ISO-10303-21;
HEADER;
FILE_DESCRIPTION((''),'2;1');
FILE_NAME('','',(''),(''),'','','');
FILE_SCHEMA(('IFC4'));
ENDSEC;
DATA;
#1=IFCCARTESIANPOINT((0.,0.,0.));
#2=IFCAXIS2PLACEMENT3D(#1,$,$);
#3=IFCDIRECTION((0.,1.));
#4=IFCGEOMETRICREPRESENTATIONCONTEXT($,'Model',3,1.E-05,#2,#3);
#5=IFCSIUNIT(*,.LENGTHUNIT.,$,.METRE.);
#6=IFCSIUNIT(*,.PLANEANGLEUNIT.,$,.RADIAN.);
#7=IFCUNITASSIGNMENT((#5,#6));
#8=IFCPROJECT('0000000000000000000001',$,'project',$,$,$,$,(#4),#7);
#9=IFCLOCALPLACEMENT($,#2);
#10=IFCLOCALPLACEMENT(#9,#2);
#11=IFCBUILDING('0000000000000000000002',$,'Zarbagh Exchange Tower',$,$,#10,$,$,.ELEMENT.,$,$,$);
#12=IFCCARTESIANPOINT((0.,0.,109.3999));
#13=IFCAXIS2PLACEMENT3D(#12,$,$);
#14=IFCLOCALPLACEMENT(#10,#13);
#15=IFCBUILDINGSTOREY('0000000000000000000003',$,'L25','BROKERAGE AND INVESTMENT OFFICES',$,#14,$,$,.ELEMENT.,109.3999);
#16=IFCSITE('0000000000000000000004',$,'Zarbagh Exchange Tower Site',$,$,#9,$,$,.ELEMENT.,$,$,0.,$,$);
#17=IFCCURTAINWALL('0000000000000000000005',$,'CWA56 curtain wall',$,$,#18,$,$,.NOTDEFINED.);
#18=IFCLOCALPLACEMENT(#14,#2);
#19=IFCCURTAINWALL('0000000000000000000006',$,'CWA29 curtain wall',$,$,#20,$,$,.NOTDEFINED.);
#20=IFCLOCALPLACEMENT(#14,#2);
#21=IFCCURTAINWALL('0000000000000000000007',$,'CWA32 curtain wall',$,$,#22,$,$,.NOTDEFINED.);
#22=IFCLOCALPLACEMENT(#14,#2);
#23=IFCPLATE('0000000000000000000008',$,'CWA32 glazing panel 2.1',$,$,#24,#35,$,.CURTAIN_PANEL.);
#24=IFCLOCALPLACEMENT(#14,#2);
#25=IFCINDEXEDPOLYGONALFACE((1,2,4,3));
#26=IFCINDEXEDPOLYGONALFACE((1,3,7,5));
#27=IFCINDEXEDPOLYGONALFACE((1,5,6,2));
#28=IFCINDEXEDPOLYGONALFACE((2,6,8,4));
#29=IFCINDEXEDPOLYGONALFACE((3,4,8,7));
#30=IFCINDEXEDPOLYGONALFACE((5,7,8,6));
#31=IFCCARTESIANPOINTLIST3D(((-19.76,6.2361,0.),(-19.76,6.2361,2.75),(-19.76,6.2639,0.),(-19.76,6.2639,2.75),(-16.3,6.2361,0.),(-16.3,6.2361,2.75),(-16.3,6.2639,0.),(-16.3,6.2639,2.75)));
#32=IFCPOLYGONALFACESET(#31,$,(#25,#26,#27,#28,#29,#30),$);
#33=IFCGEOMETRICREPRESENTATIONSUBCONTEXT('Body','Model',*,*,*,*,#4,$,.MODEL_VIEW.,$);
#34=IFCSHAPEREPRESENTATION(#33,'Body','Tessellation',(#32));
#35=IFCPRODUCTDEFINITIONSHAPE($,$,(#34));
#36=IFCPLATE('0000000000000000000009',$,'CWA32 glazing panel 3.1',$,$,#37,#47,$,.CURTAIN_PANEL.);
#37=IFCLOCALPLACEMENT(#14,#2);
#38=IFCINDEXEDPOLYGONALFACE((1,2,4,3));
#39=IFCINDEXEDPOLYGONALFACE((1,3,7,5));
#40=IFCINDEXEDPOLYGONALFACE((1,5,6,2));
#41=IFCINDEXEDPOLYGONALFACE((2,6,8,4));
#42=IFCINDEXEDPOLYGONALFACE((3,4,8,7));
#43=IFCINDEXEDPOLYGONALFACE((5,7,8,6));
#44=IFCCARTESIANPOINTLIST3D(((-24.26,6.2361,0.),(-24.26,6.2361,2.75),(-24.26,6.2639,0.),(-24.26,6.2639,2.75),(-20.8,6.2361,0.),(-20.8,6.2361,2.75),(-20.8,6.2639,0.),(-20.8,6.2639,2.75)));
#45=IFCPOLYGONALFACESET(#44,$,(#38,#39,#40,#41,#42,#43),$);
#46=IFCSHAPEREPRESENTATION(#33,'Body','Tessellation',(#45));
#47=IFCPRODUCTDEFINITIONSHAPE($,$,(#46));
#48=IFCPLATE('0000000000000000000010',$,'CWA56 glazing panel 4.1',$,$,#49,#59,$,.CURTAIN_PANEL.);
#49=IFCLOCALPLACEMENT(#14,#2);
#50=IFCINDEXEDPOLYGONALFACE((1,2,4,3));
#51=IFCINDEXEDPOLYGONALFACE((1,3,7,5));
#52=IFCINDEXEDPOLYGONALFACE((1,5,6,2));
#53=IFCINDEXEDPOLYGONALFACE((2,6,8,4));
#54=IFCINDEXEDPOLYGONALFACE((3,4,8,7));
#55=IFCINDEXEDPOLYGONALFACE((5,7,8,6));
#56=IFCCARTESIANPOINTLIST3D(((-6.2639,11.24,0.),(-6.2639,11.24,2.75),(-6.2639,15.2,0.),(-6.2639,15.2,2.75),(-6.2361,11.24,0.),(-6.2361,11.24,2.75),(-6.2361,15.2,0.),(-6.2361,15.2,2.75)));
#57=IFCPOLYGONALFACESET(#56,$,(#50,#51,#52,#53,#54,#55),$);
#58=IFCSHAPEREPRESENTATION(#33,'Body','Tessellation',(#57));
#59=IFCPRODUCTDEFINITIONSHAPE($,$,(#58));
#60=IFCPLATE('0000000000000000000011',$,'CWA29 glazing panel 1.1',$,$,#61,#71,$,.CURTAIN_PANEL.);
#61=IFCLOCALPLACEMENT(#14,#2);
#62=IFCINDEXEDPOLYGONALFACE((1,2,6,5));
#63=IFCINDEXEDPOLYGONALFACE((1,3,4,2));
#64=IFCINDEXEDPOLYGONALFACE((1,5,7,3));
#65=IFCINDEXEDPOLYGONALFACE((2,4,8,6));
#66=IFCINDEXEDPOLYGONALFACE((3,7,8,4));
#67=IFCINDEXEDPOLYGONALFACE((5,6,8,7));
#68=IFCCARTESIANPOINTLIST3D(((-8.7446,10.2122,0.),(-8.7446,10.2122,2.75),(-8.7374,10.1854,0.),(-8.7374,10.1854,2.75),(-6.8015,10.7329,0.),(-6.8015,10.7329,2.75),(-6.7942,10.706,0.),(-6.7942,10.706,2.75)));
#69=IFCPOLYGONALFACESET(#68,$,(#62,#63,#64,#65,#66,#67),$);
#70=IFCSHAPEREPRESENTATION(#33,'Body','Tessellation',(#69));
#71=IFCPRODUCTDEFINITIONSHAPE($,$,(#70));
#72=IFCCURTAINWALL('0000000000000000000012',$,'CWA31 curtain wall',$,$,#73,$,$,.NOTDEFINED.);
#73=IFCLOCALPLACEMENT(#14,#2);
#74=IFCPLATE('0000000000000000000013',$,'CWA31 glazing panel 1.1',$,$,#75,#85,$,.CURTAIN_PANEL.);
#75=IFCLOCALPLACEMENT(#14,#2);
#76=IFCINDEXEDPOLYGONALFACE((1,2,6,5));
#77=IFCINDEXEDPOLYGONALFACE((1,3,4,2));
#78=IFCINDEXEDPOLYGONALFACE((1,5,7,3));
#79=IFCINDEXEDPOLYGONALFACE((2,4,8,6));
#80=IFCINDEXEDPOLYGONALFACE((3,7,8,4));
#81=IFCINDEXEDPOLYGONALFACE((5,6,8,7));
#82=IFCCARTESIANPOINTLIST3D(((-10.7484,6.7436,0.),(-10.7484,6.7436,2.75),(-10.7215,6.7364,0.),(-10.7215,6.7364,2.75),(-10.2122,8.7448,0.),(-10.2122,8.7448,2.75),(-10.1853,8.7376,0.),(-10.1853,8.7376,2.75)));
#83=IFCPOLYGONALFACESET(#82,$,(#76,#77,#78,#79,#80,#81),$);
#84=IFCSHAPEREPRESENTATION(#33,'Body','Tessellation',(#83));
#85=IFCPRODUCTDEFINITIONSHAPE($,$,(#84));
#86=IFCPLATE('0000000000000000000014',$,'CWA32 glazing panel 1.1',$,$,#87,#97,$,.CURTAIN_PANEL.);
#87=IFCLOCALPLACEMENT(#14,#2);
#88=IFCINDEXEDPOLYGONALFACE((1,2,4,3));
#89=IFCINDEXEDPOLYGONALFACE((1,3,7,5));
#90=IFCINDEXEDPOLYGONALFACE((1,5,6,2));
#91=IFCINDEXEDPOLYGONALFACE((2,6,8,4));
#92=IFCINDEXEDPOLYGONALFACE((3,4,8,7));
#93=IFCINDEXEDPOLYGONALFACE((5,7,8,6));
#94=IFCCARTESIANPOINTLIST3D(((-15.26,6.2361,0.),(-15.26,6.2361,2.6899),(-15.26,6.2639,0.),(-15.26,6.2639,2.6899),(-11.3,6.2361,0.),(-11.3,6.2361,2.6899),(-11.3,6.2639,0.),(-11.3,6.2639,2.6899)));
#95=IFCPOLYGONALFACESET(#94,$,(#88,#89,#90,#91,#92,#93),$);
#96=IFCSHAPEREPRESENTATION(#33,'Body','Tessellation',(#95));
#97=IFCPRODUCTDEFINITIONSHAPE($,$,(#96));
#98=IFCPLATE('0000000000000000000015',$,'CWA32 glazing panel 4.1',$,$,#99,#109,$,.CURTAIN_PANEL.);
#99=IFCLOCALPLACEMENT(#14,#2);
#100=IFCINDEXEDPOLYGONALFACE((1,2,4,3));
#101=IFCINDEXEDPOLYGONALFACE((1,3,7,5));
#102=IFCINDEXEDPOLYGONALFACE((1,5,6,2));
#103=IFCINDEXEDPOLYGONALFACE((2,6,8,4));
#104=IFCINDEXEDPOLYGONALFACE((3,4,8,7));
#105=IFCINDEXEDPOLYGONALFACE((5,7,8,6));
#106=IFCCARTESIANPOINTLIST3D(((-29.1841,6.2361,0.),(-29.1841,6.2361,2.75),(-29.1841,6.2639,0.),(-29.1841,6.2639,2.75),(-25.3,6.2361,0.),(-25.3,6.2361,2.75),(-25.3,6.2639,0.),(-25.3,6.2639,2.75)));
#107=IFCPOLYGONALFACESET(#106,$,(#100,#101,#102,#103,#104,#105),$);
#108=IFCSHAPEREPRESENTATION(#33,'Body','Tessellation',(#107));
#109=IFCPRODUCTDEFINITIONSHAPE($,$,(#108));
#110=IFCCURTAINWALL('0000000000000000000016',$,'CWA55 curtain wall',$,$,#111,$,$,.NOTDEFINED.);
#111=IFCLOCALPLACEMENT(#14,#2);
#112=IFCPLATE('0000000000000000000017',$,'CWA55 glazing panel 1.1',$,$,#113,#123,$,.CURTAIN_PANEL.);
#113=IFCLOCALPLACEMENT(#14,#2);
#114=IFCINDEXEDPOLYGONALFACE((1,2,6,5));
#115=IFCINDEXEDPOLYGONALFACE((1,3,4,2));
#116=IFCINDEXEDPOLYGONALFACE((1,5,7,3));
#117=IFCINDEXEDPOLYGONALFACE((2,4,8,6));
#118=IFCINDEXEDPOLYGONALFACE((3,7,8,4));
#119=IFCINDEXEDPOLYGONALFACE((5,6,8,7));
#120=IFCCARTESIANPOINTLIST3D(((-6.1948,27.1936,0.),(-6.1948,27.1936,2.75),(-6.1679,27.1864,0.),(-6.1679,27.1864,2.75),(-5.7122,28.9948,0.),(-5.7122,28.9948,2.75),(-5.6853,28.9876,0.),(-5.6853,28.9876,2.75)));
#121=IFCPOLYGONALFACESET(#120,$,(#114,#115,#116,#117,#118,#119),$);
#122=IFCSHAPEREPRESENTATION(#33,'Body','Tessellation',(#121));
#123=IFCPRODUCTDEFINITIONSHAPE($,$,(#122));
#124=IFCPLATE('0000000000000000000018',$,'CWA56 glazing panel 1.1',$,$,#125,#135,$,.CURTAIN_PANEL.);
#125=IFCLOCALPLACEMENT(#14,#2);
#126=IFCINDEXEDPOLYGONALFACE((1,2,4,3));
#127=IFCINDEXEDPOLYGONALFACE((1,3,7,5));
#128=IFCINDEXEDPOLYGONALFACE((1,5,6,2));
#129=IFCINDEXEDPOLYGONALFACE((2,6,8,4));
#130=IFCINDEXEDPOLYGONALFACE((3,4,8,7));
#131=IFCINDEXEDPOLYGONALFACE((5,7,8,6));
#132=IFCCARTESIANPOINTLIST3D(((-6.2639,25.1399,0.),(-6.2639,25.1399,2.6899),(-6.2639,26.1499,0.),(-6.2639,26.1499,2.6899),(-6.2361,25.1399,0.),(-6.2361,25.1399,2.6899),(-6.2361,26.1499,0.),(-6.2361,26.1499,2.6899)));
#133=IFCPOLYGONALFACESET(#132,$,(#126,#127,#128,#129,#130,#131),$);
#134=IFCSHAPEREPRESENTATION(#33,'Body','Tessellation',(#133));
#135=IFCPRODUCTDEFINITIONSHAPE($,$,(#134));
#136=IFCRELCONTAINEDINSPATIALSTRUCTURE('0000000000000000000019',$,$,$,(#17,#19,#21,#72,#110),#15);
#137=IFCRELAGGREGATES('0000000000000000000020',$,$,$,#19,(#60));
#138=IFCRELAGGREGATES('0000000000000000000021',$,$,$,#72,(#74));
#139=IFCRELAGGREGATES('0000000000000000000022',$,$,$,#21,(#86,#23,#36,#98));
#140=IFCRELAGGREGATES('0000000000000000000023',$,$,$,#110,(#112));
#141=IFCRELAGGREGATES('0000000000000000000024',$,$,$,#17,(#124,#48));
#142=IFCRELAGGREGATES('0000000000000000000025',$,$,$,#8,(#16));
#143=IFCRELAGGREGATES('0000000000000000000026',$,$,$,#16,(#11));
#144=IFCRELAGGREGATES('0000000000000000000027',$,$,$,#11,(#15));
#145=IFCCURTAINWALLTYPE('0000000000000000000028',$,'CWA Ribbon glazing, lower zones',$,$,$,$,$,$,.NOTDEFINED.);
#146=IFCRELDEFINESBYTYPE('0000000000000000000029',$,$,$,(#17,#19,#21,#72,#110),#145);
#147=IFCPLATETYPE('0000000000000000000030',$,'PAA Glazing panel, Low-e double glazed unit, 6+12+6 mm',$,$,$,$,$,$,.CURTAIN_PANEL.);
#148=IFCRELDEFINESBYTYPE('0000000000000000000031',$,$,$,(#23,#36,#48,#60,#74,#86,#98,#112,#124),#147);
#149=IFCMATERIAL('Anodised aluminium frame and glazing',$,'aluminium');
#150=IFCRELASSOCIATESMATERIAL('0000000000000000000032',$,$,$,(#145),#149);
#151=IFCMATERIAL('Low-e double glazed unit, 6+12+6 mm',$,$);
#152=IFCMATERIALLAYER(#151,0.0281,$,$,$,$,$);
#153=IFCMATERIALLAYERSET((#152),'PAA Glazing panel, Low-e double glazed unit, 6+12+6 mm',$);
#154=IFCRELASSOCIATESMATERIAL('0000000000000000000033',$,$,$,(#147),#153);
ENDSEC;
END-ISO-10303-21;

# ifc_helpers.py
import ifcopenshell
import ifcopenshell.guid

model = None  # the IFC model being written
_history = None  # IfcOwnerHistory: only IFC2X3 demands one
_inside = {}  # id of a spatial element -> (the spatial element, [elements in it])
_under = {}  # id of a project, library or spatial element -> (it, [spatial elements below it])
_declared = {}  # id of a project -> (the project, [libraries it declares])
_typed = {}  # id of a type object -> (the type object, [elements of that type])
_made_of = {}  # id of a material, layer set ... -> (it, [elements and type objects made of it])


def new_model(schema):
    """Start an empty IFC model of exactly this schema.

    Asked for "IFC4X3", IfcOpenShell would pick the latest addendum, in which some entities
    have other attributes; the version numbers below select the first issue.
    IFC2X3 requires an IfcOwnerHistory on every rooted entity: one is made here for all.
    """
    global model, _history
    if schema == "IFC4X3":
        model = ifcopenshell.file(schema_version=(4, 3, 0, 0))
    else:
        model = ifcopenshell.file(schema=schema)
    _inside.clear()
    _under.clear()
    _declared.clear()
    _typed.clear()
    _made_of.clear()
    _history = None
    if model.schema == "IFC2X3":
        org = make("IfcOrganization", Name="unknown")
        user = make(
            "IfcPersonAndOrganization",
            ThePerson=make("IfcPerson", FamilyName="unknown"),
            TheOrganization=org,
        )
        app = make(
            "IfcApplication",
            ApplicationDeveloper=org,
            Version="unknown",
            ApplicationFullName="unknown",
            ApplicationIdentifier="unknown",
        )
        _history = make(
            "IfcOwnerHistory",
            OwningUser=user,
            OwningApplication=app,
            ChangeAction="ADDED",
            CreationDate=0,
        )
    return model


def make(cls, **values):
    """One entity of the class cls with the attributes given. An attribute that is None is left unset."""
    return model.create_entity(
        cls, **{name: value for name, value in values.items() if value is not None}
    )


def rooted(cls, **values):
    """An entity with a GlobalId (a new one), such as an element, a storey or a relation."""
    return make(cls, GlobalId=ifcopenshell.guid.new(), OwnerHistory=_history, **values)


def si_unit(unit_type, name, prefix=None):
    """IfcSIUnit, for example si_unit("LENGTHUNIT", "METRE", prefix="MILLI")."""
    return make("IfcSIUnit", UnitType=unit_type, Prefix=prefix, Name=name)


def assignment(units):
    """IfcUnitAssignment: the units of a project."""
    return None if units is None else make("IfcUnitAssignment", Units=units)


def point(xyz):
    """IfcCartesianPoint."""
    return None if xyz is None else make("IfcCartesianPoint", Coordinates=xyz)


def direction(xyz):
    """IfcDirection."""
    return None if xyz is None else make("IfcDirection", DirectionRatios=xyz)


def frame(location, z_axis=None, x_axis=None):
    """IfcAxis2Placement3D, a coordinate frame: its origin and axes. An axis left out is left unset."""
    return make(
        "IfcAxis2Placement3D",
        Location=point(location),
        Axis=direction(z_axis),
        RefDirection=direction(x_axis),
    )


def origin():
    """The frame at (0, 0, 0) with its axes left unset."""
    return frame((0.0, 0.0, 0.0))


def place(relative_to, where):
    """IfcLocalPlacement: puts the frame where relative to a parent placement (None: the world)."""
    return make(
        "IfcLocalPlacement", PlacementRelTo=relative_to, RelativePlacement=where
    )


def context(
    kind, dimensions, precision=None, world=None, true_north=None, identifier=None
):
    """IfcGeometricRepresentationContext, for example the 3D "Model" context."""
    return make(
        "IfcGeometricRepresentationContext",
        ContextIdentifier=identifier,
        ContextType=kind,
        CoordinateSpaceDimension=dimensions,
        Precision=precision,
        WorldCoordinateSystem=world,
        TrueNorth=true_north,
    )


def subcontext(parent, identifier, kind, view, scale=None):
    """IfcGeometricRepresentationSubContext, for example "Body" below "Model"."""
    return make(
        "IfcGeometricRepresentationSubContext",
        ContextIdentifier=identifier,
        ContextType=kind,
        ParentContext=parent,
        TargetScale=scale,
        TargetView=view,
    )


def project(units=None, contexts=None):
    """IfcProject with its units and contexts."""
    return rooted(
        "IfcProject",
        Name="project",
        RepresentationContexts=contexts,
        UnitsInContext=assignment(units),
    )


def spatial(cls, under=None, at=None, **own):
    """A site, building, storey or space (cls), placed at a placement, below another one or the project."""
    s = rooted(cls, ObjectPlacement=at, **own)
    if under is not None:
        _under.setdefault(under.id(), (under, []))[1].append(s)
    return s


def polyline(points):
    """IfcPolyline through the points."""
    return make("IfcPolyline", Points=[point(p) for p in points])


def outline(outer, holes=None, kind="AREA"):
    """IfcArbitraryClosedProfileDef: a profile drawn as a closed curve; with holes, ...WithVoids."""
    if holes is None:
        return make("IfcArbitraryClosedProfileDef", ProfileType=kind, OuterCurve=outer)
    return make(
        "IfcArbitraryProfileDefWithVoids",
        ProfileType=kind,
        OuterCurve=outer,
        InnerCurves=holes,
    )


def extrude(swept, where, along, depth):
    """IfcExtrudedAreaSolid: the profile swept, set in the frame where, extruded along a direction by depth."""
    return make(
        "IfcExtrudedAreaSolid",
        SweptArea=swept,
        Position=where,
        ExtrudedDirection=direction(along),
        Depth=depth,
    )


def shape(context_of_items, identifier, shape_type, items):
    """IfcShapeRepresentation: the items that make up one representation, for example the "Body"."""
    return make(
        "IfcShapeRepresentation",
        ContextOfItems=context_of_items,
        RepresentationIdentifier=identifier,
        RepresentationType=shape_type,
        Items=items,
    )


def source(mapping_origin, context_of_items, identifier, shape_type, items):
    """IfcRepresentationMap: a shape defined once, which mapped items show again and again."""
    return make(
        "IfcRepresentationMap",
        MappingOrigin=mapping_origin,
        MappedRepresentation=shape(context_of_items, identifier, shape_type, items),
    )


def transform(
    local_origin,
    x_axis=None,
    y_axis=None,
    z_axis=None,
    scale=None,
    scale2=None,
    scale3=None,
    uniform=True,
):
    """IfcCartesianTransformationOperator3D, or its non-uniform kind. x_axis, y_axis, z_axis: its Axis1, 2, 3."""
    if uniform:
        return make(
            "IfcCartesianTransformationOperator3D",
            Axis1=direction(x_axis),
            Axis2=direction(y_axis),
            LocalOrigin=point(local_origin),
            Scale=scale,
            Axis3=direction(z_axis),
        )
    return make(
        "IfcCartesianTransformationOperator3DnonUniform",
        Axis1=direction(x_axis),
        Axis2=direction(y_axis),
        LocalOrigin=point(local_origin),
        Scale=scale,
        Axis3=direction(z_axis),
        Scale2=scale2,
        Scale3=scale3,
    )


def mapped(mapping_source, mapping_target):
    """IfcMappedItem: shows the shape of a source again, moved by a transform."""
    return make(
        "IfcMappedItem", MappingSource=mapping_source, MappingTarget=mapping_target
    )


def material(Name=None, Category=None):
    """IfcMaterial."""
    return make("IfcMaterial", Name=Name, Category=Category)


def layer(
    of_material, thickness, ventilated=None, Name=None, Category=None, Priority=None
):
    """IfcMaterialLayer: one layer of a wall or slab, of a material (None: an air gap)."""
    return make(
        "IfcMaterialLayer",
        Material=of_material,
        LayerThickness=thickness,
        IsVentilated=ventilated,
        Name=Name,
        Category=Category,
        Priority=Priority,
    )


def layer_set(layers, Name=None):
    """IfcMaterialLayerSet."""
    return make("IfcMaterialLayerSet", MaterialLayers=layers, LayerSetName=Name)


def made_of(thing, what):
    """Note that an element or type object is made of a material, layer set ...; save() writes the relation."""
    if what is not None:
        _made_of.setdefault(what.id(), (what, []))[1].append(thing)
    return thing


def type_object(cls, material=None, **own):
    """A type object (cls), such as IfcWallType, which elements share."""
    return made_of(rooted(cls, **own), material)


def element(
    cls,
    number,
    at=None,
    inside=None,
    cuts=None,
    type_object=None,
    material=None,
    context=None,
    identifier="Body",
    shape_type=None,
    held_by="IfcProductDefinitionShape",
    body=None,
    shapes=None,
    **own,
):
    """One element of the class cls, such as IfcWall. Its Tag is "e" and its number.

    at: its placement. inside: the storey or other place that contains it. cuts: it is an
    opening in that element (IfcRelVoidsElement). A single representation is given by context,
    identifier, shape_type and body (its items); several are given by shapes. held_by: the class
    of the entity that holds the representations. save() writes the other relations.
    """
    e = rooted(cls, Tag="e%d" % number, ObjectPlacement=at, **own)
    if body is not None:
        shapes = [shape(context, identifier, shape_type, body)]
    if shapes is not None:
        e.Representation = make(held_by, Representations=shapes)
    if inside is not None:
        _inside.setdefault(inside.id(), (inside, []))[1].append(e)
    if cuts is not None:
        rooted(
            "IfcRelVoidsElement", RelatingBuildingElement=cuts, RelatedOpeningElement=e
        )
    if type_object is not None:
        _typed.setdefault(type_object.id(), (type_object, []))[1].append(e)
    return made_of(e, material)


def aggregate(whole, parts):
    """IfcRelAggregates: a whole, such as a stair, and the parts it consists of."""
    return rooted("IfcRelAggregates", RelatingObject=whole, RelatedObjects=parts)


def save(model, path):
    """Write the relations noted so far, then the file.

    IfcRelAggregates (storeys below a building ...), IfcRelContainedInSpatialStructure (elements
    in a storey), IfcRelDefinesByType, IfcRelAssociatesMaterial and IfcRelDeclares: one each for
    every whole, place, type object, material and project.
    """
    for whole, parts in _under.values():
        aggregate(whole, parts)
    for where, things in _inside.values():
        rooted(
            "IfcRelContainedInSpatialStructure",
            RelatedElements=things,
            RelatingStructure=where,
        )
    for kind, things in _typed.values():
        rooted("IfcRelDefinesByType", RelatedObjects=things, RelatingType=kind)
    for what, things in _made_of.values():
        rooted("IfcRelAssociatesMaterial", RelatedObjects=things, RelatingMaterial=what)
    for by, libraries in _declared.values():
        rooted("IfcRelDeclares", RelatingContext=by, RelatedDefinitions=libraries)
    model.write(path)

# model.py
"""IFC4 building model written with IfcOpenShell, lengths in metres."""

from ifc_helpers import new_model, si_unit, direction, frame, origin, place, context, subcontext, project, spatial, polyline, outline, extrude, source, transform, mapped, material, layer, layer_set, type_object, element, aggregate, save


model = new_model("IFC4")

# Units and contexts
model_context = context("Model", 3, precision=1e-05, world=origin(), true_north=direction((0.0, 1.0)))
body_context = subcontext(model_context, "Body", "Model", "MODEL_VIEW")
ifc_project = project(units=[si_unit("LENGTHUNIT", "METRE"), si_unit("PLANEANGLEUNIT", "RADIAN")], contexts=[model_context])

# Site, building, storey
site_placement = place(None, origin())
site = spatial("IfcSite", under=ifc_project, at=site_placement, Name="Zarbagh Exchange Tower Site", CompositionType="ELEMENT", RefElevation=0.0)
building_placement = place(site_placement, origin())
building = spatial("IfcBuilding", under=site, at=building_placement, Name="Zarbagh Exchange Tower", CompositionType="ELEMENT")
storey_placement = place(building_placement, frame((0.0, 0.0, 109.3999)))
storey = spatial("IfcBuildingStorey", under=building, at=storey_placement, Name="L25", Description="BROKERAGE AND INVESTMENT OFFICES", CompositionType="ELEMENT", Elevation=109.3999)

# Curtain wall
ifc_material_1 = material(Name="Anodised aluminium frame and glazing", Category="aluminium")
curtain_wall_type = type_object("IfcCurtainWallType", Name="CWA Ribbon glazing, lower zones", PredefinedType="NOTDEFINED", material=ifc_material_1)
curtain_wall_1_placement = place(storey_placement, origin())
curtain_wall_1 = element("IfcCurtainWall", 1, at=curtain_wall_1_placement, inside=storey, type_object=curtain_wall_type, Name="CWA56 curtain wall", PredefinedType="NOTDEFINED")
placement = place(storey_placement, origin())

# Curtain wall
curtain_wall_2_placement = place(storey_placement, origin())
curtain_wall_2 = element("IfcCurtainWall", 2, at=curtain_wall_2_placement, inside=storey, type_object=curtain_wall_type, Name="CWA29 curtain wall", PredefinedType="NOTDEFINED")

# Curtain wall
curtain_wall_3_placement = place(storey_placement, origin())
curtain_wall_3 = element("IfcCurtainWall", 3, at=curtain_wall_3_placement, inside=storey, type_object=curtain_wall_type, Name="CWA32 curtain wall", PredefinedType="NOTDEFINED")

# Shared definitions
ifc_material_2 = material(Name="Low-e double glazed unit, 6+12+6 mm")
ifc_layer = layer(ifc_material_2, 0.0281)
ifc_layer_set = layer_set([ifc_layer], Name="PAA Glazing panel, Low-e double glazed unit, 6+12+6 mm")
plate_type = type_object("IfcPlateType", Name="PAA Glazing panel, Low-e double glazed unit, 6+12+6 mm", PredefinedType="CURTAIN_PANEL", material=ifc_layer_set)

# Plates
shared_shape_1 = source(origin(), body_context, "Body", "SweptSolid", [
    extrude(outline(polyline([(0.0, -0.0139), (3.46, -0.0139), (3.46, 0.0139), (0.0, 0.0139), (0.0, -0.0139)])), origin(), (0.0, 0.0, 1.0), 2.75),
])
plate_1 = element("IfcPlate", 4, at=placement, type_object=plate_type, Name="CWA32 glazing panel 2.1", PredefinedType="CURTAIN_PANEL", context=body_context, shape_type="MappedRepresentation", body=[
    mapped(shared_shape_1, transform((-16.3, 6.25, 0.0), x_axis=(-1.0, 0.0, 0.0), y_axis=(0.0, -1.0, 0.0), z_axis=(0.0, 0.0, 1.0))),
])
plate_2 = element("IfcPlate", 5, at=placement, type_object=plate_type, Name="CWA32 glazing panel 3.1", PredefinedType="CURTAIN_PANEL", context=body_context, shape_type="MappedRepresentation", body=[
    mapped(shared_shape_1, transform((-20.8, 6.25, 0.0), x_axis=(-1.0, 0.0, 0.0), y_axis=(0.0, -1.0, 0.0), z_axis=(0.0, 0.0, 1.0))),
])
shared_shape_2 = source(origin(), body_context, "Body", "SweptSolid", [
    extrude(outline(polyline([(0.0, -0.0139), (3.96, -0.0139), (3.96, 0.0139), (0.0, 0.0139), (0.0, -0.0139)])), origin(), (0.0, 0.0, 1.0), 2.75),
])
plate_3 = element("IfcPlate", 6, at=placement, type_object=plate_type, Name="CWA56 glazing panel 4.1", PredefinedType="CURTAIN_PANEL", context=body_context, shape_type="MappedRepresentation", body=[
    mapped(shared_shape_2, transform((-6.25, 15.2, 0.0), x_axis=(0.0, -1.0, 0.0), y_axis=(1.0, 0.0, 0.0), z_axis=(0.0, 0.0, 1.0))),
])
shared_shape_3 = source(origin(), body_context, "Body", "SweptSolid", [
    extrude(outline(polyline([(0.0, -0.0139), (2.0117, -0.0139), (2.0117, 0.0139), (0.0, 0.0139), (0.0, -0.0139)])), origin(), (0.0, 0.0, 1.0), 2.75),
])
plate_4 = element("IfcPlate", 7, at=placement, type_object=plate_type, Name="CWA29 glazing panel 1.1", PredefinedType="CURTAIN_PANEL", context=body_context, shape_type="MappedRepresentation", body=[
    mapped(shared_shape_3, transform((-6.7979, 10.7195, 0.0), x_axis=(-0.965924, -0.258825, 0.0), y_axis=(0.258825, -0.965924, 0.0), z_axis=(0.0, 0.0, 1.0))),
])
aggregate(curtain_wall_2, [plate_4])

# Curtain wall, plate
curtain_wall_4_placement = place(storey_placement, origin())
curtain_wall_4 = element("IfcCurtainWall", 8, at=curtain_wall_4_placement, inside=storey, type_object=curtain_wall_type, Name="CWA31 curtain wall", PredefinedType="NOTDEFINED")
shared_shape_4 = source(origin(), body_context, "Body", "SweptSolid", [
    extrude(outline(polyline([(0.0, -0.0139), (2.0718, -0.0139), (2.0718, 0.0139), (0.0, 0.0139), (0.0, -0.0139)])), origin(), (0.0, 0.0, 1.0), 2.75),
])
plate_5 = element("IfcPlate", 9, at=placement, type_object=plate_type, Name="CWA31 glazing panel 1.1", PredefinedType="CURTAIN_PANEL", context=body_context, shape_type="MappedRepresentation", body=[
    mapped(shared_shape_4, transform((-10.1987, 8.7412, 0.0), x_axis=(-0.258825, -0.965924, 0.0), y_axis=(0.965924, -0.258825, 0.0), z_axis=(0.0, 0.0, 1.0))),
])
aggregate(curtain_wall_4, [plate_5])

# Plates
shared_shape_5 = source(origin(), body_context, "Body", "SweptSolid", [
    extrude(outline(polyline([(0.0, -0.0139), (3.96, -0.0139), (3.96, 0.0139), (0.0, 0.0139), (0.0, -0.0139)])), origin(), (0.0, 0.0, 1.0), 2.6899),
])
plate_6 = element("IfcPlate", 10, at=placement, type_object=plate_type, Name="CWA32 glazing panel 1.1", PredefinedType="CURTAIN_PANEL", context=body_context, shape_type="MappedRepresentation", body=[
    mapped(shared_shape_5, transform((-11.3, 6.25, 0.0), x_axis=(-1.0, 0.0, 0.0), y_axis=(0.0, -1.0, 0.0), z_axis=(0.0, 0.0, 1.0))),
])
shared_shape_6 = source(origin(), body_context, "Body", "SweptSolid", [
    extrude(outline(polyline([(0.0, -0.0139), (3.884, -0.0139), (3.884, 0.0139), (0.0, 0.0139), (0.0, -0.0139)])), origin(), (0.0, 0.0, 1.0), 2.75),
])
plate_7 = element("IfcPlate", 11, at=placement, type_object=plate_type, Name="CWA32 glazing panel 4.1", PredefinedType="CURTAIN_PANEL", context=body_context, shape_type="MappedRepresentation", body=[
    mapped(shared_shape_6, transform((-25.3, 6.25, 0.0), x_axis=(-1.0, 0.0, 0.0), y_axis=(0.0, -1.0, 0.0), z_axis=(0.0, 0.0, 1.0))),
])
aggregate(curtain_wall_3, [plate_6, plate_1, plate_2, plate_7])

# Curtain wall, plate
curtain_wall_5_placement = place(storey_placement, origin())
curtain_wall_5 = element("IfcCurtainWall", 12, at=curtain_wall_5_placement, inside=storey, type_object=curtain_wall_type, Name="CWA55 curtain wall", PredefinedType="NOTDEFINED")
shared_shape_7 = source(origin(), body_context, "Body", "SweptSolid", [
    extrude(outline(polyline([(0.0, -0.0139), (1.8647, -0.0139), (1.8647, 0.0139), (0.0, 0.0139), (0.0, -0.0139)])), origin(), (0.0, 0.0, 1.0), 2.75),
])
plate_8 = element("IfcPlate", 13, at=placement, type_object=plate_type, Name="CWA55 glazing panel 1.1", PredefinedType="CURTAIN_PANEL", context=body_context, shape_type="MappedRepresentation", body=[
    mapped(shared_shape_7, transform((-5.6987, 28.9912, 0.0), x_axis=(-0.258825, -0.965924, 0.0), y_axis=(0.965924, -0.258825, 0.0), z_axis=(0.0, 0.0, 1.0))),
])
aggregate(curtain_wall_5, [plate_8])

# Plate
shared_shape_8 = source(origin(), body_context, "Body", "SweptSolid", [
    extrude(outline(polyline([(0.0, -0.0139), (1.01, -0.0139), (1.01, 0.0139), (0.0, 0.0139), (0.0, -0.0139)])), origin(), (0.0, 0.0, 1.0), 2.6899),
])
plate_9 = element("IfcPlate", 14, at=placement, type_object=plate_type, Name="CWA56 glazing panel 1.1", PredefinedType="CURTAIN_PANEL", context=body_context, shape_type="MappedRepresentation", body=[
    mapped(shared_shape_8, transform((-6.25, 26.1499, 0.0), x_axis=(0.0, -1.0, 0.0), y_axis=(1.0, 0.0, 0.0), z_axis=(0.0, 0.0, 1.0))),
])
aggregate(curtain_wall_1, [plate_9, plate_3])

save(model, "model.ifc")
